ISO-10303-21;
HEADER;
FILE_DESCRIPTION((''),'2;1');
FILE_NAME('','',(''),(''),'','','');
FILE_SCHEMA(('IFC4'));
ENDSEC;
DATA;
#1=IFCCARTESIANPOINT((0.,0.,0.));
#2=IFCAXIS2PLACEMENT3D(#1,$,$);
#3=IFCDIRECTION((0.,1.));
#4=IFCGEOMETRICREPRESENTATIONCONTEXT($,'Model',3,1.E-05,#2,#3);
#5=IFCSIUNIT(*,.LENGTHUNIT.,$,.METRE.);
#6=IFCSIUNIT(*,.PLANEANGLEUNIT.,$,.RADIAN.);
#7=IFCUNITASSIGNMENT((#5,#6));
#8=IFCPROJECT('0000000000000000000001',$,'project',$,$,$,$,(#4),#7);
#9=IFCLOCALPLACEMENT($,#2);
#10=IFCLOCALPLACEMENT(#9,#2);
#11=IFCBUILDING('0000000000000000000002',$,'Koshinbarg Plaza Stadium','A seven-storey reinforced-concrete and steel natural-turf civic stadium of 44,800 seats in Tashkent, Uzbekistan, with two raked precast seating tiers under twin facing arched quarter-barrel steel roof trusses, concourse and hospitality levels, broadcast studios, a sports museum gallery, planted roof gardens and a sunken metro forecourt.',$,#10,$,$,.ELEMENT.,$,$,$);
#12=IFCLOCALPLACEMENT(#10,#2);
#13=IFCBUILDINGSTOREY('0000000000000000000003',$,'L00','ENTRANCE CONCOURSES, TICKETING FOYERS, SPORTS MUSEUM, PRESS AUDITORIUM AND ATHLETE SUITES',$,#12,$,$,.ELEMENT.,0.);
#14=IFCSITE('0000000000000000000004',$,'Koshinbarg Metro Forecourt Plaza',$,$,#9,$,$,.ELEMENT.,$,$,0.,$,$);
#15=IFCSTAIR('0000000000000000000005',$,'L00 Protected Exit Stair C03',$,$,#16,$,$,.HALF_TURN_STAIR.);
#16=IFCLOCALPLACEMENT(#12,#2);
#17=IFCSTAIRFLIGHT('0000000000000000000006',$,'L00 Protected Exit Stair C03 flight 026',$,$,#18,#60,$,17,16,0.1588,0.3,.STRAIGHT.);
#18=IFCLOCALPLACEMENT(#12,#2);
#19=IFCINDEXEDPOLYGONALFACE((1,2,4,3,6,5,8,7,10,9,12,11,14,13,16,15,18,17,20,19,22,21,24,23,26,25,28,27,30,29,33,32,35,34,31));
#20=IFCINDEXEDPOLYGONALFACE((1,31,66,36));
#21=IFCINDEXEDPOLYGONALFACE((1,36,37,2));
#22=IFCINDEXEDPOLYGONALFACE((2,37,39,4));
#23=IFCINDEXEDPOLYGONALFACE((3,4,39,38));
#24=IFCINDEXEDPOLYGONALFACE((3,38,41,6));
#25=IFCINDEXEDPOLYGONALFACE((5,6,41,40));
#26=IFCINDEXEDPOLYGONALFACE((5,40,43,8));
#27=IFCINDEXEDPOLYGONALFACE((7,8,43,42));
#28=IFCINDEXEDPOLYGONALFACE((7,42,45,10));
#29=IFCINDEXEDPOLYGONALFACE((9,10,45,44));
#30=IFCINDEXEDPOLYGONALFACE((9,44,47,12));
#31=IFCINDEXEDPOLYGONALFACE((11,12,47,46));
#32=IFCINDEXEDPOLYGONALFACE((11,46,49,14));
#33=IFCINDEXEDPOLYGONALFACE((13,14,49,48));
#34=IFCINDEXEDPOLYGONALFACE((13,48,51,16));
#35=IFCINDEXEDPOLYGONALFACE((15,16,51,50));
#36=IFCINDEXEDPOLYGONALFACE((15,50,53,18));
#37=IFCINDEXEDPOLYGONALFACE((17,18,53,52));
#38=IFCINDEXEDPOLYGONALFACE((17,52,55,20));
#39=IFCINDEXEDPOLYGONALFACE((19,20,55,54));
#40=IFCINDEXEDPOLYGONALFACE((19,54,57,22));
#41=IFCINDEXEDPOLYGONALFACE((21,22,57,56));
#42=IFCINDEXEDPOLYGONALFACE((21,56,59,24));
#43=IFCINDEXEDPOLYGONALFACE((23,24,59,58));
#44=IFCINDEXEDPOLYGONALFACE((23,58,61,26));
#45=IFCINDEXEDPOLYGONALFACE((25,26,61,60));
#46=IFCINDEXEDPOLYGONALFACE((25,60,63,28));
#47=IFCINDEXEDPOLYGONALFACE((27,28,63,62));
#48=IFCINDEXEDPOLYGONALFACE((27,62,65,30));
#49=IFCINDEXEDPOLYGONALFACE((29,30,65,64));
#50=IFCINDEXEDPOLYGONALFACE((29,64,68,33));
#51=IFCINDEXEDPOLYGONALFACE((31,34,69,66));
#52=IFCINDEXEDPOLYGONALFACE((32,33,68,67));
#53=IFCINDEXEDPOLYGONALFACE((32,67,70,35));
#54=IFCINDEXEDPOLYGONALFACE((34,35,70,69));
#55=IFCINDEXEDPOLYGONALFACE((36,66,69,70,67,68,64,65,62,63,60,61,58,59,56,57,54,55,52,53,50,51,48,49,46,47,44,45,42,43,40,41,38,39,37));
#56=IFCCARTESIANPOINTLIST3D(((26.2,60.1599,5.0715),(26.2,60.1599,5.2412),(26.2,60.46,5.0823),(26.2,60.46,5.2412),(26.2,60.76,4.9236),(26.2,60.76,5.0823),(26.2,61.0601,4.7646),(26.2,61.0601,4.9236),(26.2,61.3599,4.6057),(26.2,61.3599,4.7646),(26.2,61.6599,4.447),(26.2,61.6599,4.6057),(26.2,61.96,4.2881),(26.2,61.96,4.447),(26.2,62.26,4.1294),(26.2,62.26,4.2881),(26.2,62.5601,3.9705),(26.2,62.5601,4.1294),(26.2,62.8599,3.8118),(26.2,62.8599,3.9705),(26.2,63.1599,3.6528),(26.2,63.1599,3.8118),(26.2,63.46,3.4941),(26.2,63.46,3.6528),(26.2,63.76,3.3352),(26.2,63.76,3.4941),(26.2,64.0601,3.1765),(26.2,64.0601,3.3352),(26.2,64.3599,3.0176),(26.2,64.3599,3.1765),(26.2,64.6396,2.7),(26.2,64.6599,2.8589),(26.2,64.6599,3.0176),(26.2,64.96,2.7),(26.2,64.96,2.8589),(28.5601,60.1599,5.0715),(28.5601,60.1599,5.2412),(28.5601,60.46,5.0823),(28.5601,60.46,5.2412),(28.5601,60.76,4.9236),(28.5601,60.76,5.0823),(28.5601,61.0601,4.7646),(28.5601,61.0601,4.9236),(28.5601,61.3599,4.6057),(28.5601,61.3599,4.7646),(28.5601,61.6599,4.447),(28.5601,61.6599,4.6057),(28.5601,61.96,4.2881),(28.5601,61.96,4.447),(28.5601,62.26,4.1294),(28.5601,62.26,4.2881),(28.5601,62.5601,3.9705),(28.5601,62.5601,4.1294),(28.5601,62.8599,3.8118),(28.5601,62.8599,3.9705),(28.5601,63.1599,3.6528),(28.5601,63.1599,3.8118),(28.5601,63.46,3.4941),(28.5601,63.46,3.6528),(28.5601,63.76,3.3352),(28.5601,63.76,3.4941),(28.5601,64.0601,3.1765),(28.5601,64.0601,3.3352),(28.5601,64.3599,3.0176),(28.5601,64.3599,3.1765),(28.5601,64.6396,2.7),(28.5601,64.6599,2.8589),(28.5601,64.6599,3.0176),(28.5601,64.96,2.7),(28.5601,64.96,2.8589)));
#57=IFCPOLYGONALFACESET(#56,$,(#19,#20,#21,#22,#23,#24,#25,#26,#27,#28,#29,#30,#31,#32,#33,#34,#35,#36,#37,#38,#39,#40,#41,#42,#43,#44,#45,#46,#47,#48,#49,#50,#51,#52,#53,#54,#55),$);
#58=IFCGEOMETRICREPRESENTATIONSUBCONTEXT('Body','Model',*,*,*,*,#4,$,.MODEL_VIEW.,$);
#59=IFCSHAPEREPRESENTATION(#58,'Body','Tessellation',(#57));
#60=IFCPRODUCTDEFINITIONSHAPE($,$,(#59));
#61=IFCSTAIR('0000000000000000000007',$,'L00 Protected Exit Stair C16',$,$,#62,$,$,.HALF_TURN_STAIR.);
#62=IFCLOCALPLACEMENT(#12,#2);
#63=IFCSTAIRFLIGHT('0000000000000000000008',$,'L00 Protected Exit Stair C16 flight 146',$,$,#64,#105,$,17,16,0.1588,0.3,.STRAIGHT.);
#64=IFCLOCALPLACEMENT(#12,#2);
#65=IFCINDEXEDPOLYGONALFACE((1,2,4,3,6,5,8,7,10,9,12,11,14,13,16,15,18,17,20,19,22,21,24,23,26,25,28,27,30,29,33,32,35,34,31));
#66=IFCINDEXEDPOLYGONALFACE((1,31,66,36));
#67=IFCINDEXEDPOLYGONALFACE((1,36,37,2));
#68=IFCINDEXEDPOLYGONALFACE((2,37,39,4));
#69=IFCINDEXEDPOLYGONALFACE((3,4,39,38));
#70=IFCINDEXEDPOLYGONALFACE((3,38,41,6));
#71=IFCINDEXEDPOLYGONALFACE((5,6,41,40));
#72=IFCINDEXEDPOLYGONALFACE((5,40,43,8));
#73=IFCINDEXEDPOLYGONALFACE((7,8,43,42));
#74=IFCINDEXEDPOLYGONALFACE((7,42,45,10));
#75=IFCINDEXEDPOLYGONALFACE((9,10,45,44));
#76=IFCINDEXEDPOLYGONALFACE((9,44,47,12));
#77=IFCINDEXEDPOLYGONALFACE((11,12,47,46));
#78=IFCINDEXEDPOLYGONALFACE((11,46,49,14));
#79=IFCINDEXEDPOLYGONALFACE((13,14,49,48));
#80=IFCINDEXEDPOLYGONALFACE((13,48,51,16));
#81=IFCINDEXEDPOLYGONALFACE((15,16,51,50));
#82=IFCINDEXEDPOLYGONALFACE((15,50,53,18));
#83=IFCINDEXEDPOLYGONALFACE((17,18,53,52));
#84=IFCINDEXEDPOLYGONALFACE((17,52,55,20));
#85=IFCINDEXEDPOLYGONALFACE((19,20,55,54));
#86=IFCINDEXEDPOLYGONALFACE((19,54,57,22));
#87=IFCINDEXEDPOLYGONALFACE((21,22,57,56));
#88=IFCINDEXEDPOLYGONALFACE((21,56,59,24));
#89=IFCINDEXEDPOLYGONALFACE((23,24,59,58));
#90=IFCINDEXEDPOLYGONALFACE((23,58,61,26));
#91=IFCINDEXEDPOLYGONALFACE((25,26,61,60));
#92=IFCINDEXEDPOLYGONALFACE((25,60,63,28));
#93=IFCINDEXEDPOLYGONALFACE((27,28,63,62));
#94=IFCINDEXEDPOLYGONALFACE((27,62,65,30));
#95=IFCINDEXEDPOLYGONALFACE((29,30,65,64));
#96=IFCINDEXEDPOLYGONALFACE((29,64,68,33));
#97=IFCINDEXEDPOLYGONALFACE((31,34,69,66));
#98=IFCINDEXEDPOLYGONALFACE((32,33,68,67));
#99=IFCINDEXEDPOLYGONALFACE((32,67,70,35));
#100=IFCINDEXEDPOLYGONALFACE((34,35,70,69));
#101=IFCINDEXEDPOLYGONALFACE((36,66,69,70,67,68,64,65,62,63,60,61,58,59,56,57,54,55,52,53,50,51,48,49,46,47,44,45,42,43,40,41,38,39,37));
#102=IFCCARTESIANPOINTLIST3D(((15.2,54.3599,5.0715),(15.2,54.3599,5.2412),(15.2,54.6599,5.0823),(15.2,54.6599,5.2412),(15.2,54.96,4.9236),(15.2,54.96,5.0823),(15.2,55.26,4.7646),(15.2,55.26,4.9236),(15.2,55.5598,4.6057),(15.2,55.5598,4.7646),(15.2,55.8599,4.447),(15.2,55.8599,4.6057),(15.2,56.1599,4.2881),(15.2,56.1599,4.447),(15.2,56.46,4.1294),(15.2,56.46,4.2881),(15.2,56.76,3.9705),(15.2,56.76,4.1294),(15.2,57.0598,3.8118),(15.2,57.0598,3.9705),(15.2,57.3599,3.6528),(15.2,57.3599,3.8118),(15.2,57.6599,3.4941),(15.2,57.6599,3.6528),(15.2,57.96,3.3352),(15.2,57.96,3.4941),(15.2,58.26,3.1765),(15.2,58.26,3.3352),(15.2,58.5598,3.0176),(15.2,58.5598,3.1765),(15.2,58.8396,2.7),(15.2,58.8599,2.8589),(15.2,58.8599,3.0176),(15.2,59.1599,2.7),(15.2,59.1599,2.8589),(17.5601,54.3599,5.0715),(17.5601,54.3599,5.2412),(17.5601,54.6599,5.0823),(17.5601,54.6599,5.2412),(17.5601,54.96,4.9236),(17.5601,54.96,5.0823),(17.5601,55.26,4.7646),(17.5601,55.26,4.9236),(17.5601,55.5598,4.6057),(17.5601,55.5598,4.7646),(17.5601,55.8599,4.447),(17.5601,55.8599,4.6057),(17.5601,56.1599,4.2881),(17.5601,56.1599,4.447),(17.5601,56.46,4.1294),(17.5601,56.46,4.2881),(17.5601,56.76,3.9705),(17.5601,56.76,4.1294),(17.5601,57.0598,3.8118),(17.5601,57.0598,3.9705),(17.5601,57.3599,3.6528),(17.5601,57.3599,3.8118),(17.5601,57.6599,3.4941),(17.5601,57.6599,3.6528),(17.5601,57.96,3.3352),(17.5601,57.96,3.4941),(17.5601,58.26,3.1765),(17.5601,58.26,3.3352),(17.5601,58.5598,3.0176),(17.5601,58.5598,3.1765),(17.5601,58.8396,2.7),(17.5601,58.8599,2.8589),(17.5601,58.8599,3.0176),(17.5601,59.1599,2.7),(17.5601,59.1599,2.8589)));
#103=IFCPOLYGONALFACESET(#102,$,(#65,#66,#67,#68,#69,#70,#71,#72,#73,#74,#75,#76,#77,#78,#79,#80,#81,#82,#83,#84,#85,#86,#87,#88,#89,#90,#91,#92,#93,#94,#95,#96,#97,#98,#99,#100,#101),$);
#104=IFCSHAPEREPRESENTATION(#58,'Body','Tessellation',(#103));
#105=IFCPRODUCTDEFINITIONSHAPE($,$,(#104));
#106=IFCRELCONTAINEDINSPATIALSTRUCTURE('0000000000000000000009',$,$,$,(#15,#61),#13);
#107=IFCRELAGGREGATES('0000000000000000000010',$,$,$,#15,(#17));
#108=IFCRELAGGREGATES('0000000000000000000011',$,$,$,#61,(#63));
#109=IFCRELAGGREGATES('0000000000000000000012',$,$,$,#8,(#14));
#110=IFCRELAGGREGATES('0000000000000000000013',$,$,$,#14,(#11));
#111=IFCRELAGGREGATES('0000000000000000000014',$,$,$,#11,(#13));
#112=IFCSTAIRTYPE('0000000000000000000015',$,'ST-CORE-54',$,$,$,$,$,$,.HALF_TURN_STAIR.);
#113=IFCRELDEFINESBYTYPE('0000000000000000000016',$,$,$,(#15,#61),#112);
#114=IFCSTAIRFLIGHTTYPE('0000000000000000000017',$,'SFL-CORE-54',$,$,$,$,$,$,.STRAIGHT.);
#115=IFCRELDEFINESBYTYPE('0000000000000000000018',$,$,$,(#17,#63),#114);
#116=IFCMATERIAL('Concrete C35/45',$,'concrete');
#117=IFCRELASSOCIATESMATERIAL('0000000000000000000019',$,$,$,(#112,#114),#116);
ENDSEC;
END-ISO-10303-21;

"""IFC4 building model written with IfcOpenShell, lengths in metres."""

from ifc_helpers import new_model, si_unit, direction, frame, origin, place, context, subcontext, project, spatial, polyline, outline, extrude, material, type_object, element, aggregate, save


model = new_model("IFC4")

# Units and contexts
model_context = context("Model", 3, precision=1e-05, world=origin(), true_north=direction((0.0, 1.0)))
body_context = subcontext(model_context, "Body", "Model", "MODEL_VIEW")
ifc_project = project(units=[si_unit("LENGTHUNIT", "METRE"), si_unit("PLANEANGLEUNIT", "RADIAN")], contexts=[model_context])

# Site, building, storey
site_placement = place(None, origin())
site = spatial("IfcSite", under=ifc_project, at=site_placement, Name="Koshinbarg Metro Forecourt Plaza", CompositionType="ELEMENT", RefElevation=0.0)
building_placement = place(site_placement, origin())
building = spatial("IfcBuilding", under=site, at=building_placement, Name="Koshinbarg Plaza Stadium", Description="A seven-storey reinforced-concrete and steel natural-turf civic stadium of 44,800 seats in Tashkent, Uzbekistan, with two raked precast seating tiers under twin facing arched quarter-barrel steel roof trusses, concourse and hospitality levels, broadcast studios, a sports museum gallery, planted roof gardens and a sunken metro forecourt.", CompositionType="ELEMENT")
storey_placement = place(building_placement, origin())
storey = spatial("IfcBuildingStorey", under=building, at=storey_placement, Name="L00", Description="ENTRANCE CONCOURSES, TICKETING FOYERS, SPORTS MUSEUM, PRESS AUDITORIUM AND ATHLETE SUITES", CompositionType="ELEMENT", Elevation=0.0)

# Shared definitions
ifc_material_1 = material(Name="Concrete C35/45", Category="concrete")

# Stair, stair flight
stair_type = type_object("IfcStairType", Name="ST-CORE-54", PredefinedType="HALF_TURN_STAIR", material=ifc_material_1)
stair_1_placement = place(storey_placement, origin())
stair_1 = element("IfcStair", 1, at=stair_1_placement, inside=storey, type_object=stair_type, Name="L00 Protected Exit Stair C03", PredefinedType="HALF_TURN_STAIR")
stair_flight_type = type_object("IfcStairFlightType", Name="SFL-CORE-54", PredefinedType="STRAIGHT", material=ifc_material_1)
stair_flight_1_placement = place(storey_placement, frame((27.3799, 64.96, 2.7), z_axis=(0.0, 0.0, 1.0), x_axis=(0.0, -1.0, 0.0)))
stair_flight_1 = element("IfcStairFlight", 2, at=stair_flight_1_placement, type_object=stair_flight_type, Name="L00 Protected Exit Stair C03 flight 026", NumberOfRisers=17, NumberOfTreads=16, PredefinedType="STRAIGHT", RiserHeight=0.1588, TreadLength=0.3, context=body_context, shape_type="SweptSolid", body=[
    extrude(outline(polyline([(0.0, 0.0), (0.0, 0.1589), (0.3, 0.1589), (0.3, 0.3176), (0.6001, 0.3176), (0.6001, 0.4766), (0.8999, 0.4766), (0.8999, 0.6353), (1.2, 0.6353), (1.2, 0.7942), (1.5, 0.7942), (1.5, 0.9529), (1.8, 0.9529), (1.8, 1.1118), (2.1001, 1.1118), (2.1001, 1.2705), (2.3999, 1.2705), (2.3999, 1.4294), (2.7, 1.4294), (2.7, 1.5881), (3.0, 1.5881), (3.0, 1.7471), (3.3, 1.7471), (3.3, 1.9058), (3.6001, 1.9058), (3.6001, 2.0647), (3.8999, 2.0647), (3.8999, 2.2236), (4.2, 2.2236), (4.2, 2.3823), (4.5, 2.3823), (4.5, 2.5413), (4.8, 2.5413), (4.8, 2.7), (4.8, 2.3716), (0.3203, 0.0), (0.0, 0.0)])), frame((0.0, 1.1802, 0.0), z_axis=(0.0, -1.0, 0.0), x_axis=(1.0, 0.0, 0.0)), (0.0, 0.0, 1.0), 2.3601),
])
aggregate(stair_1, [stair_flight_1])

# Stair, stair flight
stair_2_placement = place(storey_placement, origin())
stair_2 = element("IfcStair", 3, at=stair_2_placement, inside=storey, type_object=stair_type, Name="L00 Protected Exit Stair C16", PredefinedType="HALF_TURN_STAIR")
stair_flight_2_placement = place(storey_placement, frame((16.3799, 59.1599, 2.7), z_axis=(0.0, 0.0, 1.0), x_axis=(0.0, -1.0, 0.0)))
stair_flight_2 = element("IfcStairFlight", 4, at=stair_flight_2_placement, type_object=stair_flight_type, Name="L00 Protected Exit Stair C16 flight 146", NumberOfRisers=17, NumberOfTreads=16, PredefinedType="STRAIGHT", RiserHeight=0.1588, TreadLength=0.3, context=body_context, shape_type="SweptSolid", body=[
    extrude(outline(polyline([(0.0, 0.0), (0.0, 0.1589), (0.3, 0.1589), (0.3, 0.3176), (0.6001, 0.3176), (0.6001, 0.4766), (0.8999, 0.4766), (0.8999, 0.6353), (1.2, 0.6353), (1.2, 0.7942), (1.5, 0.7942), (1.5, 0.9529), (1.8, 0.9529), (1.8, 1.1118), (2.1001, 1.1118), (2.1001, 1.2705), (2.3999, 1.2705), (2.3999, 1.4294), (2.7, 1.4294), (2.7, 1.5881), (3.0, 1.5881), (3.0, 1.7471), (3.3, 1.7471), (3.3, 1.9058), (3.6001, 1.9058), (3.6001, 2.0647), (3.8999, 2.0647), (3.8999, 2.2236), (4.2, 2.2236), (4.2, 2.3823), (4.5, 2.3823), (4.5, 2.5413), (4.8, 2.5413), (4.8, 2.7), (4.8, 2.3716), (0.3203, 0.0), (0.0, 0.0)])), frame((0.0, 1.1802, 0.0), z_axis=(0.0, -1.0, 0.0), x_axis=(1.0, 0.0, 0.0)), (0.0, 0.0, 1.0), 2.3601),
])
aggregate(stair_2, [stair_flight_2])

save(model, "model.ifc")
